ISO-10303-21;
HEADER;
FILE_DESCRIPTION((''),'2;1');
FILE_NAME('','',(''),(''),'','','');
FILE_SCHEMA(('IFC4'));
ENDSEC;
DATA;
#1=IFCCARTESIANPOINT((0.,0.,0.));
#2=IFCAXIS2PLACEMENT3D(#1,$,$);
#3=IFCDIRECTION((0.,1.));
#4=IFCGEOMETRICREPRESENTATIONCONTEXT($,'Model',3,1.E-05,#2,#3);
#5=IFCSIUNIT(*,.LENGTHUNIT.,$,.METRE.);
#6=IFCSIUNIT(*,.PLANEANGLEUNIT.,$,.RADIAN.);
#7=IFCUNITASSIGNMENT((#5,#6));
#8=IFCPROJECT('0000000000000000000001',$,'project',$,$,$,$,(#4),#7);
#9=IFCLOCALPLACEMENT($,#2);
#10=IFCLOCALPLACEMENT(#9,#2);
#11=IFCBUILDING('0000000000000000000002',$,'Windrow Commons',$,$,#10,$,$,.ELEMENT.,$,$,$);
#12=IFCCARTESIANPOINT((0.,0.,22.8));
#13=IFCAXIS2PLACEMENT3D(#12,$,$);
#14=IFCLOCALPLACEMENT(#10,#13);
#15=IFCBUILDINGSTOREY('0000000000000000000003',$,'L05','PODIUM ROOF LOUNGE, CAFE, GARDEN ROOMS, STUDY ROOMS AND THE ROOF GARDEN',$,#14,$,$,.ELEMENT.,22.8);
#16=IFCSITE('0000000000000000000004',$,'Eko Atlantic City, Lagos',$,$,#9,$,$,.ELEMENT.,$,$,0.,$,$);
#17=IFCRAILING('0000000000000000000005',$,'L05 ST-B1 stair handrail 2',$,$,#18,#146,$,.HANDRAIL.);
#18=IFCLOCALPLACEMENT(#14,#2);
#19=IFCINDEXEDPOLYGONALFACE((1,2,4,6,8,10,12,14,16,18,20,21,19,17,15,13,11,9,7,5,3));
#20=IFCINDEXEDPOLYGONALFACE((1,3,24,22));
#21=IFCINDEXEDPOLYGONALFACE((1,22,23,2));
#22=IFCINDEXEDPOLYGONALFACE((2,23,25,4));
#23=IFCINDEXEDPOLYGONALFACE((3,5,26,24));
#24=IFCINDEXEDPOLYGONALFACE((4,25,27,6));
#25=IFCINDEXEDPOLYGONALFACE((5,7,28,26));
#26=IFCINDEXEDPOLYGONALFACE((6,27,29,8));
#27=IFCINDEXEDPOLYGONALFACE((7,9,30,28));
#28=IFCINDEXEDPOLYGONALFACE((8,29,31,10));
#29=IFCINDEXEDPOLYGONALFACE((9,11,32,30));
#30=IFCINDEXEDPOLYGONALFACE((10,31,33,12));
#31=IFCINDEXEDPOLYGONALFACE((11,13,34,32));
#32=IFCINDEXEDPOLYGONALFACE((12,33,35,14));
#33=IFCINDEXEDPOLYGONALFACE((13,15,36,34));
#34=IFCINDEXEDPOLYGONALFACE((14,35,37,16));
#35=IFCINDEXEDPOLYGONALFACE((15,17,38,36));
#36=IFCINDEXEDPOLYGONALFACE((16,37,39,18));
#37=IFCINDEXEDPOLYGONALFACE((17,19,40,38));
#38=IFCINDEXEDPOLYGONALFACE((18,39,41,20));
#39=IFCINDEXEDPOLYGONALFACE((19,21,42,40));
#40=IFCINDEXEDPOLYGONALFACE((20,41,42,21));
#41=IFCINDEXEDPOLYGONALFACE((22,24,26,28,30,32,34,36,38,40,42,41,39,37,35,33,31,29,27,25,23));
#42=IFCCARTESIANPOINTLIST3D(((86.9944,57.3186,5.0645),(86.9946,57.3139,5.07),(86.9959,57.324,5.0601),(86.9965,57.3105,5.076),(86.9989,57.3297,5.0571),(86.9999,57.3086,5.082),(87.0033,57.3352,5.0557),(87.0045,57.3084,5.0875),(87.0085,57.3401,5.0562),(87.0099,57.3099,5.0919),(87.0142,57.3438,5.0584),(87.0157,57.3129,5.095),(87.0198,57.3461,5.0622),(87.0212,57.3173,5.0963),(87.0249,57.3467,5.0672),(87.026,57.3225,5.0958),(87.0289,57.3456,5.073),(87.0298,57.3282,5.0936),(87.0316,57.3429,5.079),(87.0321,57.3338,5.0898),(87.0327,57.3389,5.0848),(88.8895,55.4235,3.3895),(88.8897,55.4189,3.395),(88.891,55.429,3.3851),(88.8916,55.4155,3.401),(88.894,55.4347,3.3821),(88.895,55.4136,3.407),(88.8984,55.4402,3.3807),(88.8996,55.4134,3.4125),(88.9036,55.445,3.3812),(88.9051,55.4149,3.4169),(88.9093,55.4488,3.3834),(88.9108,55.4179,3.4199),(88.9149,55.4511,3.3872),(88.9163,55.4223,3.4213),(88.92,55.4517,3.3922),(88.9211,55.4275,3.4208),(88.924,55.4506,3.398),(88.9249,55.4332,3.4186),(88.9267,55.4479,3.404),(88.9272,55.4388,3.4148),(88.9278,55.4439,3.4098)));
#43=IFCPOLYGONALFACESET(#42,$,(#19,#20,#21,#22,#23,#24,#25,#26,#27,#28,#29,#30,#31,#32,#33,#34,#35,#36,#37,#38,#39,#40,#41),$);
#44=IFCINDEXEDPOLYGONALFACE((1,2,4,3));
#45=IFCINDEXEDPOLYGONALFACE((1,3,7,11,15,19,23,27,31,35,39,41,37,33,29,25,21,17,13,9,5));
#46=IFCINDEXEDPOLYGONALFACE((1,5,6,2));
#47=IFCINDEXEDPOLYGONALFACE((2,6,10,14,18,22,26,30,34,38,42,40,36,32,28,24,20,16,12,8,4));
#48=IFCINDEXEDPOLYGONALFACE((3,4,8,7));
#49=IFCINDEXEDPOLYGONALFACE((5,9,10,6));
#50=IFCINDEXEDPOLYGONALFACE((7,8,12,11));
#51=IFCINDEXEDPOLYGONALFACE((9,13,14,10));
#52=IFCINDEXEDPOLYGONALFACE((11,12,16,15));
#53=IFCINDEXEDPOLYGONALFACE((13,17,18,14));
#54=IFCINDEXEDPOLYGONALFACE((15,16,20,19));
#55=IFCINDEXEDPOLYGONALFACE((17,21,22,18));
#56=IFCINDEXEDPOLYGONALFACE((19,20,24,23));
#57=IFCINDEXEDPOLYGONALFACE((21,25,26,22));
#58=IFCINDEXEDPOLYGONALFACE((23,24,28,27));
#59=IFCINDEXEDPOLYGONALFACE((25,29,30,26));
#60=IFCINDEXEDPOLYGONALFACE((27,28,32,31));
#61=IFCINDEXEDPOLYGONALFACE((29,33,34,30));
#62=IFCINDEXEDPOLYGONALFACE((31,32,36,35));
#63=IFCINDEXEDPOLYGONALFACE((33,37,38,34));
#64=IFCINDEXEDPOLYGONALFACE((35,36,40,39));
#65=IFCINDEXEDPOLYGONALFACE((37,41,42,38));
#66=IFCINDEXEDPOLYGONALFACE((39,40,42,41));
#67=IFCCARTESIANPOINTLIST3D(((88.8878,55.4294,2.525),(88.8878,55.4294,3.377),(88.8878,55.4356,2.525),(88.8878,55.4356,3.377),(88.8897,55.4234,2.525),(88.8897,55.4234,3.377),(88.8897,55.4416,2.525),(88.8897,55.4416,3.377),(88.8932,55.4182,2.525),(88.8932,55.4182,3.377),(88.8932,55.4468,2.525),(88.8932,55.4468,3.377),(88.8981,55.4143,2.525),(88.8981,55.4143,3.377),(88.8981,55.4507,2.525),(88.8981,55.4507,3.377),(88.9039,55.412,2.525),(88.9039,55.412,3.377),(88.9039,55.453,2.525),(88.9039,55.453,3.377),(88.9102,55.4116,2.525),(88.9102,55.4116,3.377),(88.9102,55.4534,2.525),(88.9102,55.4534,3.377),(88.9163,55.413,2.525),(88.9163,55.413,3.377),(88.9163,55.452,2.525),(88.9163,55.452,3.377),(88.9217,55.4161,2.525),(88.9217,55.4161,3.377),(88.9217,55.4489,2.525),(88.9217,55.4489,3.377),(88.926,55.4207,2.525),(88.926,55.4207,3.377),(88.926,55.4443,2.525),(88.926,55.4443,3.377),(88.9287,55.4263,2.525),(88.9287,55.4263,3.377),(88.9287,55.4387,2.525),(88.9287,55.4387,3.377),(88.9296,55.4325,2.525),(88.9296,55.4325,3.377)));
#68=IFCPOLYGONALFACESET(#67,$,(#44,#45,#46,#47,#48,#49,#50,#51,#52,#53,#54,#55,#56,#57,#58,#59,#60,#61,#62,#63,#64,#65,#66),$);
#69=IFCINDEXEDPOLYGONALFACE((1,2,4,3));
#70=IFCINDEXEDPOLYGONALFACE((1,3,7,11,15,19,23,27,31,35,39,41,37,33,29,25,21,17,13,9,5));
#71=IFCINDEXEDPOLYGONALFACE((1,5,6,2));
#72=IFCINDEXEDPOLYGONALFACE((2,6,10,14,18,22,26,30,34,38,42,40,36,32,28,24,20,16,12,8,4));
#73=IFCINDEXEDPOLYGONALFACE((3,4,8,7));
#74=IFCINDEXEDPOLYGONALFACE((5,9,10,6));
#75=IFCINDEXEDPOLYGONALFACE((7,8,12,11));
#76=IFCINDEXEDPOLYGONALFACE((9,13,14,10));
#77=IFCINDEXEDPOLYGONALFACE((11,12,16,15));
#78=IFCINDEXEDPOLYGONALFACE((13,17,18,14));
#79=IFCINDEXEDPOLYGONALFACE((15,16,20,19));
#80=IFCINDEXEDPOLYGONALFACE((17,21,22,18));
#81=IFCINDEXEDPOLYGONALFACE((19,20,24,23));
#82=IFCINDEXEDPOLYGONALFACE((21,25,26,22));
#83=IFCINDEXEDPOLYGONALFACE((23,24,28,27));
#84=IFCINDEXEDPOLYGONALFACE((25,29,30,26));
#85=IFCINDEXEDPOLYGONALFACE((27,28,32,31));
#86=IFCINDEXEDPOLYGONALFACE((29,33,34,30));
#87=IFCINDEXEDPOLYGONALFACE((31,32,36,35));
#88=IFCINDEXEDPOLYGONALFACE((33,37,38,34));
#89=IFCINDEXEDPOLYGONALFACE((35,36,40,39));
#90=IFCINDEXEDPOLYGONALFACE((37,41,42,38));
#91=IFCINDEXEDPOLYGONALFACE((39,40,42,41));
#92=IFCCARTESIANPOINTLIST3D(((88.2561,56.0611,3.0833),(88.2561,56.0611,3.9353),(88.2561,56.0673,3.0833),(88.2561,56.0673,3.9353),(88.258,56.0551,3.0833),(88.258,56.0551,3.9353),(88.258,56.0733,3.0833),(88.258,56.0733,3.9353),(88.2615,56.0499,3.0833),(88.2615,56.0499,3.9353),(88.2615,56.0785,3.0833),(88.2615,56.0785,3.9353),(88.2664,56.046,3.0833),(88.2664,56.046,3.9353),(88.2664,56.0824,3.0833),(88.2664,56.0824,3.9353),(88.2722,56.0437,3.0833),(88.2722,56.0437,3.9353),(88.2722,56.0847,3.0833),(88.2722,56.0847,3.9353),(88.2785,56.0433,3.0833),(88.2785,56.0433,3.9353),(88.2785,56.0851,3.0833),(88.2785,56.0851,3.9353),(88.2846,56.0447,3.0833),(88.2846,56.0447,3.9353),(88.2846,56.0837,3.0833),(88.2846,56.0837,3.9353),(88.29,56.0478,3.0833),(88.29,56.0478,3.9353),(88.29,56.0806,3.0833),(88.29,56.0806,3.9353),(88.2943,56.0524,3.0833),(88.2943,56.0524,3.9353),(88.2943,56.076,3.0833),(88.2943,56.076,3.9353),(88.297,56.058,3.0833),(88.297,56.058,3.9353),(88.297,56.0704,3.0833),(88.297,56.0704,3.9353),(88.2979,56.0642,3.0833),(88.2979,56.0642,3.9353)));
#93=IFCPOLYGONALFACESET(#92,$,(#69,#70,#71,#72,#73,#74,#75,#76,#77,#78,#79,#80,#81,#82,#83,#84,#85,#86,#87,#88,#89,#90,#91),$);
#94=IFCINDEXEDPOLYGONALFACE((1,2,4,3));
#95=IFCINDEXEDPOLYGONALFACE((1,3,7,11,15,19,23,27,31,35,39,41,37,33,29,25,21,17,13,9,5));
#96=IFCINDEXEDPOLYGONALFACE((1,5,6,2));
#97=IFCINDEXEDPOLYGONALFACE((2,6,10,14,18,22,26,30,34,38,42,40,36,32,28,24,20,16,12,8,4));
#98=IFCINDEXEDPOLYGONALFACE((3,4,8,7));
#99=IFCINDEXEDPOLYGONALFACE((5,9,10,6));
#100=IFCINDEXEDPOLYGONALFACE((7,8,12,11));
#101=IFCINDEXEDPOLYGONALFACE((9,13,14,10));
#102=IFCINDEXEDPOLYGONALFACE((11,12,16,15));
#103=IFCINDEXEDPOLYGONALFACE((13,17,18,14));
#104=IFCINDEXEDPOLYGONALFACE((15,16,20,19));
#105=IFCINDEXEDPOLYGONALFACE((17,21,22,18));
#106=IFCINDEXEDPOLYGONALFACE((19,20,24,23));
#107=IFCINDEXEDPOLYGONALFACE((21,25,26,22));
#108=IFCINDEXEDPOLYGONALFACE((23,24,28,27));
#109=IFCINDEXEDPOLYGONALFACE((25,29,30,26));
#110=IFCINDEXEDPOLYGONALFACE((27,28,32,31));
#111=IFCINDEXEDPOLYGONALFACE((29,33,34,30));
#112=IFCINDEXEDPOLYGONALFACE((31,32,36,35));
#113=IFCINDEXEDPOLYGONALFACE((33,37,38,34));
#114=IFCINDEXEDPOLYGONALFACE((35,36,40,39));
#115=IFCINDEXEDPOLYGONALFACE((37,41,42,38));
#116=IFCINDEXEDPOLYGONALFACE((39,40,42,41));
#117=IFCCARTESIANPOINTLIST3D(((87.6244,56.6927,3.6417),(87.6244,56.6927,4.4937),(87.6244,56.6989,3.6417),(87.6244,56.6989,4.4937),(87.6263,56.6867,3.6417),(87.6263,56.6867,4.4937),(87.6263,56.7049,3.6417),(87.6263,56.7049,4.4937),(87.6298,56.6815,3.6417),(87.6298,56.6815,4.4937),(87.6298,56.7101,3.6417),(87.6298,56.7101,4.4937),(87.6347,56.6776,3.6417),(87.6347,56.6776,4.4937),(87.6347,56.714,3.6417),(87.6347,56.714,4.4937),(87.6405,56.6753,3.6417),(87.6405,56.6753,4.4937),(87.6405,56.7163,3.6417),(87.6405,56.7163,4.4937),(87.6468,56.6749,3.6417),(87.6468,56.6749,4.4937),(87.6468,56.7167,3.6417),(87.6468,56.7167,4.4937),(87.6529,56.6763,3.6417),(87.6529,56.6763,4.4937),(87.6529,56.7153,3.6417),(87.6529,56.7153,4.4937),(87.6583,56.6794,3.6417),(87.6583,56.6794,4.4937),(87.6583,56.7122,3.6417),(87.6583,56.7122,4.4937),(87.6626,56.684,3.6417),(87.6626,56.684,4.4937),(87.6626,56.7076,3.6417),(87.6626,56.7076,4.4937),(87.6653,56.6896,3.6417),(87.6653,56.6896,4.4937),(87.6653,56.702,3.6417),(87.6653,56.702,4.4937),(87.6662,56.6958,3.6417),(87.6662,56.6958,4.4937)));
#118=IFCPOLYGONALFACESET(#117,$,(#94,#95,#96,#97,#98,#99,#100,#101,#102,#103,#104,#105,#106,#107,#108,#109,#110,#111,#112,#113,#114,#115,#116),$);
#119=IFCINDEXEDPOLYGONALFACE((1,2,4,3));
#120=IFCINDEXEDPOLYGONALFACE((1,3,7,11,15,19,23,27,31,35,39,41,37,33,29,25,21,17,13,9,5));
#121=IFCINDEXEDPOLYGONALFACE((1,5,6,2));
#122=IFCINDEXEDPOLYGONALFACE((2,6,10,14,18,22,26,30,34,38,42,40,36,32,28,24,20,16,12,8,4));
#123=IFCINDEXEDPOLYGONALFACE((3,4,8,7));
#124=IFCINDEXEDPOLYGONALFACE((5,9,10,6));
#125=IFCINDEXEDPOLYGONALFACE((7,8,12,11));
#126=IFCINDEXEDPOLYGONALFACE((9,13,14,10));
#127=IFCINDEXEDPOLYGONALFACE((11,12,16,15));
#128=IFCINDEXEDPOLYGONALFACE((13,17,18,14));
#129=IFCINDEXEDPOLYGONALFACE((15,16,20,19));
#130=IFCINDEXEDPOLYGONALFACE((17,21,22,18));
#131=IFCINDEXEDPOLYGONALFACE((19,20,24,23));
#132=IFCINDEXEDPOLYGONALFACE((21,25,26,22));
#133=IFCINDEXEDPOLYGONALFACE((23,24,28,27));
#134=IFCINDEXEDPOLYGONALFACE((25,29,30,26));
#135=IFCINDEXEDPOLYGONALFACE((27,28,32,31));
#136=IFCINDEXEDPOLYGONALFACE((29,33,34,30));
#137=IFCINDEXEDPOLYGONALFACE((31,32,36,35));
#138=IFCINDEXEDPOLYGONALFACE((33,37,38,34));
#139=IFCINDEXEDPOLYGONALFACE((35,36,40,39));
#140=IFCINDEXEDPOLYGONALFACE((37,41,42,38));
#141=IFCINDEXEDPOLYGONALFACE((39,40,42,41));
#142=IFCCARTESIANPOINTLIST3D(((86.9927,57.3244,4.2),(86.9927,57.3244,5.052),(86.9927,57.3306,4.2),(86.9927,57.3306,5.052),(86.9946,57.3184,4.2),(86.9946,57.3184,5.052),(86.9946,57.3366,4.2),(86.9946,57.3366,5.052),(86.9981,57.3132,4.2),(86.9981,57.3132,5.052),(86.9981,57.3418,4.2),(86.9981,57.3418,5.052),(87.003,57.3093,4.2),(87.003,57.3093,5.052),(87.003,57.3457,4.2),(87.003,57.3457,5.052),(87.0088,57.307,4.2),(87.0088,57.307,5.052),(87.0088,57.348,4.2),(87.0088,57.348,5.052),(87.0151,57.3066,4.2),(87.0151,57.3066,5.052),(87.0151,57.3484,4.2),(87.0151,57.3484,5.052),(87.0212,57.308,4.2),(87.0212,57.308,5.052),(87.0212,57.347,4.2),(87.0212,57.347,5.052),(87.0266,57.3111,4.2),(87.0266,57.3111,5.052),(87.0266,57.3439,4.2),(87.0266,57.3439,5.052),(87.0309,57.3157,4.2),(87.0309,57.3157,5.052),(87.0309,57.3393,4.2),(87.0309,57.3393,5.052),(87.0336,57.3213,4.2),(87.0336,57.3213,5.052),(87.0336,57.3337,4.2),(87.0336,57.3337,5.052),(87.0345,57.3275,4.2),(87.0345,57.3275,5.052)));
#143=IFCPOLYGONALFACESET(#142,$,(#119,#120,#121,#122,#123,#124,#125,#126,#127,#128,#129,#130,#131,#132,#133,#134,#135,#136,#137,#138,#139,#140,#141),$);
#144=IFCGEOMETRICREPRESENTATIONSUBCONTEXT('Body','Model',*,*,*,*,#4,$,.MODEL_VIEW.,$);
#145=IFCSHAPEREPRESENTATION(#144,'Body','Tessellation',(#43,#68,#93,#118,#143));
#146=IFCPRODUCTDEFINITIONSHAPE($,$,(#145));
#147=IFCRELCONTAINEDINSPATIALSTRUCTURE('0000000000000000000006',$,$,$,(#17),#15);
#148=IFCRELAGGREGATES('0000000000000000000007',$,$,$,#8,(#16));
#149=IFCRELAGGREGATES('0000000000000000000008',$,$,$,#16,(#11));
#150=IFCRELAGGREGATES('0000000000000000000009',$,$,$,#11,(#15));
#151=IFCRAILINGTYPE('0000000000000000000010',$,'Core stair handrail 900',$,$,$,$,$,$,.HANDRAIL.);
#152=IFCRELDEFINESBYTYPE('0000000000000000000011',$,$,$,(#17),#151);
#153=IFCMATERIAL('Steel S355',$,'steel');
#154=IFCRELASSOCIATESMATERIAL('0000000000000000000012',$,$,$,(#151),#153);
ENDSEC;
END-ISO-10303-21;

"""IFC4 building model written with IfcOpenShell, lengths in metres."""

from ifc_helpers import new_model, si_unit, direction, frame, origin, origin_2d, place, context, subcontext, project, spatial, circle, extrude, material, type_object, element, save


model = new_model("IFC4")

# Units and contexts
model_context = context("Model", 3, precision=1e-05, world=origin(), true_north=direction((0.0, 1.0)))
body_context = subcontext(model_context, "Body", "Model", "MODEL_VIEW")
ifc_project = project(units=[si_unit("LENGTHUNIT", "METRE"), si_unit("PLANEANGLEUNIT", "RADIAN")], contexts=[model_context])

# Site, building, storey
site_placement = place(None, origin())
site = spatial("IfcSite", under=ifc_project, at=site_placement, Name="Eko Atlantic City, Lagos", CompositionType="ELEMENT", RefElevation=0.0)
building_placement = place(site_placement, origin())
building = spatial("IfcBuilding", under=site, at=building_placement, Name="Windrow Commons", CompositionType="ELEMENT")
storey_placement = place(building_placement, frame((0.0, 0.0, 22.8)))
storey = spatial("IfcBuildingStorey", under=building, at=storey_placement, Name="L05", Description="PODIUM ROOF LOUNGE, CAFE, GARDEN ROOMS, STUDY ROOMS AND THE ROOF GARDEN", CompositionType="ELEMENT", Elevation=22.8)

# Railing
ifc_material_1 = material(Name="Steel S355", Category="steel")
railing_type_1 = type_object("IfcRailingType", Name="Core stair handrail 900", PredefinedType="HANDRAIL", material=ifc_material_1)
railing_1_placement = place(storey_placement, frame((88.9086, 55.4325, 2.525)))
element("IfcRailing", 1, at=railing_1_placement, inside=storey, type_object=railing_type_1, Name="L05 ST-B1 stair handrail 2", PredefinedType="HANDRAIL", context=body_context, shape_type="SweptSolid", body=[
    extrude(circle(Radius=0.024, at=origin_2d()), frame((0.0, 0.0, 0.876), z_axis=(-0.599642, 0.59961, 0.529998), x_axis=(-0.707088, -0.707125, 0.0)), (0.0, 0.0, 1.0), 3.1604),
    extrude(circle(Radius=0.021, at=origin_2d()), origin(), (0.0, 0.0, 1.0), 0.852),
    extrude(circle(Radius=0.021, at=origin_2d()), frame((-0.6317, 0.6317, 0.5583)), (0.0, 0.0, 1.0), 0.852),
    extrude(circle(Radius=0.021, at=origin_2d()), frame((-1.2634, 1.2633, 1.1167)), (0.0, 0.0, 1.0), 0.852),
    extrude(circle(Radius=0.021, at=origin_2d()), frame((-1.8951, 1.895, 1.675)), (0.0, 0.0, 1.0), 0.852),
])

save(model, "model.ifc")
